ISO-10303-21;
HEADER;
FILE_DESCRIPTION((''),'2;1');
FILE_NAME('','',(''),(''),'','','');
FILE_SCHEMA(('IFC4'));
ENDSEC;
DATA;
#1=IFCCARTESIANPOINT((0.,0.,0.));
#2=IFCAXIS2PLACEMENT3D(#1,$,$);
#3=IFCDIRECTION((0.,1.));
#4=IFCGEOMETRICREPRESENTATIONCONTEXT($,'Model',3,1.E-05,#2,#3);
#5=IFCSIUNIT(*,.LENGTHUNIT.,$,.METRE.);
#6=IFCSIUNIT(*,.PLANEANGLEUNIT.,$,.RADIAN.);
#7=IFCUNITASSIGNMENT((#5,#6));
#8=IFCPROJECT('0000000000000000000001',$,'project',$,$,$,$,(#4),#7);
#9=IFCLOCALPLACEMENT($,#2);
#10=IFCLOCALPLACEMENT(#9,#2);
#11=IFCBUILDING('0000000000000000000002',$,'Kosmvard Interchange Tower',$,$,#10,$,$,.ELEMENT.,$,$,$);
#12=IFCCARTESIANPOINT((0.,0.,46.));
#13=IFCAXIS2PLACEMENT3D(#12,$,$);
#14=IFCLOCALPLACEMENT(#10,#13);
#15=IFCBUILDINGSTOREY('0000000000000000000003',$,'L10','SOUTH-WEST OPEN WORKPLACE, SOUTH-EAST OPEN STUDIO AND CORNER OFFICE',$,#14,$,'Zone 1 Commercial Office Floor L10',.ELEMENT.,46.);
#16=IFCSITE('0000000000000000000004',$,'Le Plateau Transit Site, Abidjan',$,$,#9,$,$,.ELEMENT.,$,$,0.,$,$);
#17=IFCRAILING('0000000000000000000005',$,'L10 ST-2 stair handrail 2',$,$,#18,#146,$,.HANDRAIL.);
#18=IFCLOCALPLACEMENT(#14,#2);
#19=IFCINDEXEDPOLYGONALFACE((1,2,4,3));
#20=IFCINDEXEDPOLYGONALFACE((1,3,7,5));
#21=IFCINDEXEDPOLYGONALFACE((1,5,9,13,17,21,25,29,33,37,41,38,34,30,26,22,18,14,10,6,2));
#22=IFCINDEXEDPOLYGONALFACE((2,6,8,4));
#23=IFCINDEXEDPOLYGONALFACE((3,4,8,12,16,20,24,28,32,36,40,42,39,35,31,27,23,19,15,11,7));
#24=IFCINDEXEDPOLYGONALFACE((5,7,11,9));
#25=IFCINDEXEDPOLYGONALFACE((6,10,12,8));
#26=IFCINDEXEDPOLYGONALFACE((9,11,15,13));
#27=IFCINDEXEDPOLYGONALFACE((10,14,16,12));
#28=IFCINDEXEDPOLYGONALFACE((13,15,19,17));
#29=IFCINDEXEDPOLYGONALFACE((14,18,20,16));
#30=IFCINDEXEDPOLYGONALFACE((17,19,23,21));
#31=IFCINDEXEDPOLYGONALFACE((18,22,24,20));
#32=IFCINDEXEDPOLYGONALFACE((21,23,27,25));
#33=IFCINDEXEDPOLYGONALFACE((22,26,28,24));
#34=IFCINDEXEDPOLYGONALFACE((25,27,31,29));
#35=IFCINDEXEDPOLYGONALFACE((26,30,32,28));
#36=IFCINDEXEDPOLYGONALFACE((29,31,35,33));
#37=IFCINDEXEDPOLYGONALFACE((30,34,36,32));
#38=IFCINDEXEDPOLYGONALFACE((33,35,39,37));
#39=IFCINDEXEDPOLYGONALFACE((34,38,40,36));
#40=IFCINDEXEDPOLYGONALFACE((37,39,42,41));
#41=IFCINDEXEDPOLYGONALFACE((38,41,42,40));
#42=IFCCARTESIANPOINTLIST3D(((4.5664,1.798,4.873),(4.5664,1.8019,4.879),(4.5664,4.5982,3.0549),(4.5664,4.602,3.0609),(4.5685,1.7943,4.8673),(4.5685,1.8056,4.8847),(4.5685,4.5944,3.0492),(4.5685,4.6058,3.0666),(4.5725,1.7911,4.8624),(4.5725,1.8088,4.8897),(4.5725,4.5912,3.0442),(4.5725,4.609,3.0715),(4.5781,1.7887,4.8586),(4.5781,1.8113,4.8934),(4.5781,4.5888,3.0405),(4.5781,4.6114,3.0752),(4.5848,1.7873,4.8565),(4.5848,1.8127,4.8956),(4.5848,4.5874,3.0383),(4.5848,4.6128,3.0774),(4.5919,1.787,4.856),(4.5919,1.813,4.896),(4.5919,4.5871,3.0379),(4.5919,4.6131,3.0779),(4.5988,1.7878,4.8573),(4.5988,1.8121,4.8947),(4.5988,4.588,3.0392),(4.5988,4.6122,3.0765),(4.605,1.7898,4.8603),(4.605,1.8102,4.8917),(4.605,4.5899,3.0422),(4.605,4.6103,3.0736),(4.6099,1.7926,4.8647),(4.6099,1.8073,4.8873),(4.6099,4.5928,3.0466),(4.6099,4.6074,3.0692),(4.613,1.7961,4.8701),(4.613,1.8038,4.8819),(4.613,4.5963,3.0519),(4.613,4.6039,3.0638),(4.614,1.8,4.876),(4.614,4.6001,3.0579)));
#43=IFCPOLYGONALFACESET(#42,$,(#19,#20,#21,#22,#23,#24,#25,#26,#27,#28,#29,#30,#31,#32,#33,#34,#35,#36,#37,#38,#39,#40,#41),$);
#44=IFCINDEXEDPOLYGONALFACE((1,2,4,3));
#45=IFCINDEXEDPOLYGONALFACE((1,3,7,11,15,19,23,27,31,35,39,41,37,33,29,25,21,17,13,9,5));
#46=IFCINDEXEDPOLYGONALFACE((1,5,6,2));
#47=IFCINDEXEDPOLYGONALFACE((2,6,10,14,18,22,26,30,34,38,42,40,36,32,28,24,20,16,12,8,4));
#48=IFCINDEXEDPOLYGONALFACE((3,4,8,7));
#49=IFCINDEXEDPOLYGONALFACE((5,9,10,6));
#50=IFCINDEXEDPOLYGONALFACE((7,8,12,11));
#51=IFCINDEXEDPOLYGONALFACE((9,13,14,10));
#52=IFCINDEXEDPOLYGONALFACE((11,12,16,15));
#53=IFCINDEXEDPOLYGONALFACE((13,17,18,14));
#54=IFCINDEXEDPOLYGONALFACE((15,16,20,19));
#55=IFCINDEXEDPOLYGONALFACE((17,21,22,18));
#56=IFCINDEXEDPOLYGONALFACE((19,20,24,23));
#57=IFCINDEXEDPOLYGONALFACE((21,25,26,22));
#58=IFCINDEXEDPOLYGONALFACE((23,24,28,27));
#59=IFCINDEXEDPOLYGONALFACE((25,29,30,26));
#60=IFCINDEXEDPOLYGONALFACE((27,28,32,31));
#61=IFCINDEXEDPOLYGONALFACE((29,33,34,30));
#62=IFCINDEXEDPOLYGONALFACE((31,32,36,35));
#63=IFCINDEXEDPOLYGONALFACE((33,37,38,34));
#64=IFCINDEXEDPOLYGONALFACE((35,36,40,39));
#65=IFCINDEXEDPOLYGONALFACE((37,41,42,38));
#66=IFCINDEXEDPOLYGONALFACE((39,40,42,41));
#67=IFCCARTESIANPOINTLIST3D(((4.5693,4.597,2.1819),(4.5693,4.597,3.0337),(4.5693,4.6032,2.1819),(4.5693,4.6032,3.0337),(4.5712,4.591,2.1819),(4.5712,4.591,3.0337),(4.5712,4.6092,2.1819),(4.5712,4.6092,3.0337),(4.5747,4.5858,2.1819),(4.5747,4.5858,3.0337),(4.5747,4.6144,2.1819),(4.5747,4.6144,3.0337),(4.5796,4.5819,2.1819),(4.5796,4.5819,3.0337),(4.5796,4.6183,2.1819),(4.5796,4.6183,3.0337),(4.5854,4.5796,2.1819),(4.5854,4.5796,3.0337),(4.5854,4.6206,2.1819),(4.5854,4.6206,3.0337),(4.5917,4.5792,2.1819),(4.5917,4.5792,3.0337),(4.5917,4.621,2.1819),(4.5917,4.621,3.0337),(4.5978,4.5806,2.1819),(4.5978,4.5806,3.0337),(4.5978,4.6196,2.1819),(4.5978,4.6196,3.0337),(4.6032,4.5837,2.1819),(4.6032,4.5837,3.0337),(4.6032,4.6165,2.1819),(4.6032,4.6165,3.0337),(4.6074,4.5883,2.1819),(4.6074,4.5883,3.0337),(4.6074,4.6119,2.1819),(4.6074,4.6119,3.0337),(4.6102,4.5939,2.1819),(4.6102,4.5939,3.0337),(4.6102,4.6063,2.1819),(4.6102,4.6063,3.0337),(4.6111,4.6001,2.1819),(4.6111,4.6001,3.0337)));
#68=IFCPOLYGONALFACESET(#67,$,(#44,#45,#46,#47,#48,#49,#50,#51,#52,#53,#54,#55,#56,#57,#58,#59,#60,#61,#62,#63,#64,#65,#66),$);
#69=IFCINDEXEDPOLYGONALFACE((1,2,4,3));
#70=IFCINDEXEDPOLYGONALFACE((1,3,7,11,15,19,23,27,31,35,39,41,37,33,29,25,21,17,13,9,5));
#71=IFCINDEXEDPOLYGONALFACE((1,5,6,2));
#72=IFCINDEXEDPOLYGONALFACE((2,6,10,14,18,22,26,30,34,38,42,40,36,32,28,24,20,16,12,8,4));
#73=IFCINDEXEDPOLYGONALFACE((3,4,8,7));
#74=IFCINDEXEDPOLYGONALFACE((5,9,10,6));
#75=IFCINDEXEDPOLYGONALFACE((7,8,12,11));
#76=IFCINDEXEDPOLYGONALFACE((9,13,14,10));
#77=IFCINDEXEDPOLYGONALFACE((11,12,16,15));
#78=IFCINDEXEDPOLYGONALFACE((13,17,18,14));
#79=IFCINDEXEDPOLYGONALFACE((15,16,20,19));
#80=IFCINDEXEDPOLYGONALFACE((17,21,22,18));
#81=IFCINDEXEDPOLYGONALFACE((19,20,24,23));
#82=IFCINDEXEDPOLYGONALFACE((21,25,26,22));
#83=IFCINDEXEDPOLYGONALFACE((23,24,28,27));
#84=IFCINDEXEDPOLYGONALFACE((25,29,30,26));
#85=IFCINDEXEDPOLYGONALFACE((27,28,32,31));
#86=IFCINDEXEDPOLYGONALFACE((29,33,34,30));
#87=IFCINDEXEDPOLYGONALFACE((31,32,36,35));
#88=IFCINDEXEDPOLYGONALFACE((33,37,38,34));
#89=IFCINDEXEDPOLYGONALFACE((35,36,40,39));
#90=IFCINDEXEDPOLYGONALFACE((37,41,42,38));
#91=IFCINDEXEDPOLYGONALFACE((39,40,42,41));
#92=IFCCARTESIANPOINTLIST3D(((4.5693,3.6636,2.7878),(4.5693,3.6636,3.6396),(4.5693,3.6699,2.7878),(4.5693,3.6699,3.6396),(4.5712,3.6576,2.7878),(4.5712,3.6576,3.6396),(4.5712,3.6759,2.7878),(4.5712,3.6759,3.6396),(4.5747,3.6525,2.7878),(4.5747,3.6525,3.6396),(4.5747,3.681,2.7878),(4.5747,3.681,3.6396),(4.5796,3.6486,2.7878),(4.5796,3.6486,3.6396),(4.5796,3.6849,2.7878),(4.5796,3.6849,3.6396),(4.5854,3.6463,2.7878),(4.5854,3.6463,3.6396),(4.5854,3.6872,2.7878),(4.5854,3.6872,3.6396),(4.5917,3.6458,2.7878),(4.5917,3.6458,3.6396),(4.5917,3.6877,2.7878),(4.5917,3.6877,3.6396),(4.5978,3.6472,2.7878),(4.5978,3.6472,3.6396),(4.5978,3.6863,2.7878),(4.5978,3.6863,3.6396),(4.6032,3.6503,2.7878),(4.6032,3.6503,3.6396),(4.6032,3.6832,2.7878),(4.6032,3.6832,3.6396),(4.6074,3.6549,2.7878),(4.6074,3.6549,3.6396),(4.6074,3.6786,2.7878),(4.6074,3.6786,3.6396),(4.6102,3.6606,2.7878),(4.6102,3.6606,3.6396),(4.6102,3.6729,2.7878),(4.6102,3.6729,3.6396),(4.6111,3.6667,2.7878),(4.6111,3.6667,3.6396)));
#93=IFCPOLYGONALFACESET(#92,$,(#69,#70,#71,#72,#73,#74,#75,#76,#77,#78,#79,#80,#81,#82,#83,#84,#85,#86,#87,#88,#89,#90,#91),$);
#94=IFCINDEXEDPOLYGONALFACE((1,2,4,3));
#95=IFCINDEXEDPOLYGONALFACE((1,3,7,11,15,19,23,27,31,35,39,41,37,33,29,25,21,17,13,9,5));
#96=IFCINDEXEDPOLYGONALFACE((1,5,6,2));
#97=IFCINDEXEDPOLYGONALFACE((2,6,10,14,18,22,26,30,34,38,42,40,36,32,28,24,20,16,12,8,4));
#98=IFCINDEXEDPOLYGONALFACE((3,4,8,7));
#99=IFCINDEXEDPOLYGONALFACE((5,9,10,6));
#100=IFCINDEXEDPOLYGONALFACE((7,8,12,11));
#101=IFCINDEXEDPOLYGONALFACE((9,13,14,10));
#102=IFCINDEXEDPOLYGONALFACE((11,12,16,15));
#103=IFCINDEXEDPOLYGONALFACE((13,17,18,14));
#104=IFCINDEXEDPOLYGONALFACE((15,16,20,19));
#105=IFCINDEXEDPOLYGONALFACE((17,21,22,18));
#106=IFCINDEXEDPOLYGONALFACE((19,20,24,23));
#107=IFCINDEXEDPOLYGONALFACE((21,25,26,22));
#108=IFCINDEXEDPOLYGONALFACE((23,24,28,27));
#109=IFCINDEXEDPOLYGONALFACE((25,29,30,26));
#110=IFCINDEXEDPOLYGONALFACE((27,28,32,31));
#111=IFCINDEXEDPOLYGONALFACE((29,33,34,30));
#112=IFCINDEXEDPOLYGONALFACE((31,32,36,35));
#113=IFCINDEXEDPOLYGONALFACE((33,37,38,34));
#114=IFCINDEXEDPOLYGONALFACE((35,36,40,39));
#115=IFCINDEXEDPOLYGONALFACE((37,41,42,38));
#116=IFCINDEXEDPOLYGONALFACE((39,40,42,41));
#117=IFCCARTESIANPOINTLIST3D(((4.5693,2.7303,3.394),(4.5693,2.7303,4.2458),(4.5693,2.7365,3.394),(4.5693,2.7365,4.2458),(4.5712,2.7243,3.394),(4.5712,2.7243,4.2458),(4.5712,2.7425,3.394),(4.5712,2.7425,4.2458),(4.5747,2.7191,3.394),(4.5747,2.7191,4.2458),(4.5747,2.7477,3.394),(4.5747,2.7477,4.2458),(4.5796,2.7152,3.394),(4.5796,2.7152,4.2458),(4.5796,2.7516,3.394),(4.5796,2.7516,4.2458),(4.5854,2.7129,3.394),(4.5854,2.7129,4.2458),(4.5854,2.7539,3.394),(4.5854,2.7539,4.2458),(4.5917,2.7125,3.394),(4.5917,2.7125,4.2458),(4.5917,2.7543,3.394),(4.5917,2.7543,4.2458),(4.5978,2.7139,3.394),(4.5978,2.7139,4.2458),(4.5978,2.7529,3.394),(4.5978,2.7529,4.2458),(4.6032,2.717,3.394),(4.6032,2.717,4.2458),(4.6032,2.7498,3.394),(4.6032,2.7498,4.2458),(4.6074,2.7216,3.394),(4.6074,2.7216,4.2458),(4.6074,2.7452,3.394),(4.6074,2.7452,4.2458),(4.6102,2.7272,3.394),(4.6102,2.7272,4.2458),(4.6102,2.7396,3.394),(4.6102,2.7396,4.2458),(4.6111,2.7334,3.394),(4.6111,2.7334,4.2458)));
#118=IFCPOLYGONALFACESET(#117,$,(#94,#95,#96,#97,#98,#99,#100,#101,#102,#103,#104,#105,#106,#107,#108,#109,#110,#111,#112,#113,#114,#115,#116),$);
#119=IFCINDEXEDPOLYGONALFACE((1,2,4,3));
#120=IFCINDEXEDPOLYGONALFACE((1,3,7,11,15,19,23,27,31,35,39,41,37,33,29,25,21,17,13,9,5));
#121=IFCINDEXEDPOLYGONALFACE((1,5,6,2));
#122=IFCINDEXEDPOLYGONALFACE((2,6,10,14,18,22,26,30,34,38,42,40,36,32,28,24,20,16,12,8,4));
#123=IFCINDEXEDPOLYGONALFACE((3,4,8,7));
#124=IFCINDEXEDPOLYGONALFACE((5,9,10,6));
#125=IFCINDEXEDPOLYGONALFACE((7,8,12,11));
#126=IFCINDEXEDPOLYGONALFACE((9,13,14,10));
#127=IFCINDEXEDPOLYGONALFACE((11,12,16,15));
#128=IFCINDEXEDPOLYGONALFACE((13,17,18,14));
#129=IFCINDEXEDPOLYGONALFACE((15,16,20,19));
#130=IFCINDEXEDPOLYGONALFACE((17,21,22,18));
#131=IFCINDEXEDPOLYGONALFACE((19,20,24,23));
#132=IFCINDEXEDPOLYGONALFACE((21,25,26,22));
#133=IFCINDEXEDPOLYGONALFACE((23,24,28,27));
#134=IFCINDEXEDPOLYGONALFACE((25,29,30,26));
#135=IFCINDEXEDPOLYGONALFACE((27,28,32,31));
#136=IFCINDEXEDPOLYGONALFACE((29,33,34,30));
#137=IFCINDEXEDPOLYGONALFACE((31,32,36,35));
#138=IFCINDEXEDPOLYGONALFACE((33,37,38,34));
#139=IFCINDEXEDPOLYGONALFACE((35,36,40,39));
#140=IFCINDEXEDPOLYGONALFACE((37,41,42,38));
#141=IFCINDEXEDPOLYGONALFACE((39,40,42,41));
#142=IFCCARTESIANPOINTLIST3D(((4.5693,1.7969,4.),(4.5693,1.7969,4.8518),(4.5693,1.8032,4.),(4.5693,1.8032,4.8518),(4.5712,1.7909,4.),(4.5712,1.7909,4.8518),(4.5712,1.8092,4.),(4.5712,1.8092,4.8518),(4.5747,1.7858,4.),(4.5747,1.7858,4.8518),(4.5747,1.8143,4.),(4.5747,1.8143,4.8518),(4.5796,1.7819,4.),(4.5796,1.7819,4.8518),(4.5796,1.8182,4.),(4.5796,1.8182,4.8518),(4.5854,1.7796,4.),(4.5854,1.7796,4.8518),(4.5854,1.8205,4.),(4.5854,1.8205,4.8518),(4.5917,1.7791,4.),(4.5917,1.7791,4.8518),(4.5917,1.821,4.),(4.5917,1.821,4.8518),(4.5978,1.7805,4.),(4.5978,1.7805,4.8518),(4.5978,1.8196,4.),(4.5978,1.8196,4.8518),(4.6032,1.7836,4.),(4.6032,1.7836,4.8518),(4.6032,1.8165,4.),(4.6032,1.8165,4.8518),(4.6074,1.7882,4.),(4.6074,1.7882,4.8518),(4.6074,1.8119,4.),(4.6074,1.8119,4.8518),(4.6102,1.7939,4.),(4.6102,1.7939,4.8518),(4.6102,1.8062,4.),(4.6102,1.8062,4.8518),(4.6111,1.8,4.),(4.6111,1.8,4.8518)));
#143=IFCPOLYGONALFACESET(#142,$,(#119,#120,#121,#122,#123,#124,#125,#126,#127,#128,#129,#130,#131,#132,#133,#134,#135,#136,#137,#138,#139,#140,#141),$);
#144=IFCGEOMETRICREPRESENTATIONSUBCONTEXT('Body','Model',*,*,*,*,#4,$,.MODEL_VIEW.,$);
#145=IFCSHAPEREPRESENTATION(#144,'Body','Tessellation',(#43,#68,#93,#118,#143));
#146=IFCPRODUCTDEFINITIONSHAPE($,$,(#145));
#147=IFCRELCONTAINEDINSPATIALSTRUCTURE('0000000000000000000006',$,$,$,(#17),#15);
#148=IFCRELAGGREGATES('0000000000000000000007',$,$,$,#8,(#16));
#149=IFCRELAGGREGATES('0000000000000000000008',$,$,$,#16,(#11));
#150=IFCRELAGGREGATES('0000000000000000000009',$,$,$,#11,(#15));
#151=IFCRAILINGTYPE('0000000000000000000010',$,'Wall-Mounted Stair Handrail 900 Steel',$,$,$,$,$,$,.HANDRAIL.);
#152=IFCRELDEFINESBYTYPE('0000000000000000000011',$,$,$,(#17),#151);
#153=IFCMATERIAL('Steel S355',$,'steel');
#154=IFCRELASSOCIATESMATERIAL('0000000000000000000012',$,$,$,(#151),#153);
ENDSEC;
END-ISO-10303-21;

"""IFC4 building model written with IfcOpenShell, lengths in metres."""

from ifc_helpers import new_model, si_unit, direction, frame, origin, origin_2d, place, context, subcontext, project, spatial, circle, extrude, source, transform, mapped, material, type_object, element, save


model = new_model("IFC4")

# Units and contexts
model_context = context("Model", 3, precision=1e-05, world=origin(), true_north=direction((0.0, 1.0)))
body_context = subcontext(model_context, "Body", "Model", "MODEL_VIEW")
ifc_project = project(units=[si_unit("LENGTHUNIT", "METRE"), si_unit("PLANEANGLEUNIT", "RADIAN")], contexts=[model_context])

# Site, building, storey
site_placement = place(None, origin())
site = spatial("IfcSite", under=ifc_project, at=site_placement, Name="Le Plateau Transit Site, Abidjan", CompositionType="ELEMENT", RefElevation=0.0)
building_placement = place(site_placement, origin())
building = spatial("IfcBuilding", under=site, at=building_placement, Name="Kosmvard Interchange Tower", CompositionType="ELEMENT")
storey_placement = place(building_placement, frame((0.0, 0.0, 46.0)))
storey = spatial("IfcBuildingStorey", under=building, at=storey_placement, Name="L10", Description="SOUTH-WEST OPEN WORKPLACE, SOUTH-EAST OPEN STUDIO AND CORNER OFFICE", LongName="Zone 1 Commercial Office Floor L10", CompositionType="ELEMENT", Elevation=46.0)

# Shared definitions
ifc_material_1 = material(Name="Steel S355", Category="steel")

# Railing
railing_type_1 = type_object("IfcRailingType", Name="Wall-Mounted Stair Handrail 900 Steel", PredefinedType="HANDRAIL", material=ifc_material_1)
shared_shape_1 = source(origin(), body_context, "Body", "SweptSolid", [
    extrude(circle(Radius=0.0239, at=origin_2d()), frame((0.0, 0.0, 0.876), z_axis=(0.0, -0.838706, 0.544585), x_axis=(1.0, 0.0, 0.0)), (0.0, 0.0, 1.0), 3.3386),
    extrude(circle(Radius=0.021, at=origin_2d()), origin(), (0.0, 0.0, 1.0), 0.8518),
    extrude(circle(Radius=0.021, at=origin_2d()), frame((0.0, -0.9333, 0.606)), (0.0, 0.0, 1.0), 0.8518),
    extrude(circle(Radius=0.021, at=origin_2d()), frame((0.0, -1.8667, 1.2122)), (0.0, 0.0, 1.0), 0.8518),
    extrude(circle(Radius=0.021, at=origin_2d()), frame((0.0, -2.8, 1.8181)), (0.0, 0.0, 1.0), 0.8518),
])
railing_1_placement = place(storey_placement, frame((4.5901, 4.6001, 2.1819)))
element("IfcRailing", 1, at=railing_1_placement, inside=storey, type_object=railing_type_1, Name="L10 ST-2 stair handrail 2", PredefinedType="HANDRAIL", context=body_context, shape_type="MappedRepresentation", body=[
    mapped(shared_shape_1, transform((0.0, 0.0, 0.0), scale=1.0)),
])

save(model, "model.ifc")
